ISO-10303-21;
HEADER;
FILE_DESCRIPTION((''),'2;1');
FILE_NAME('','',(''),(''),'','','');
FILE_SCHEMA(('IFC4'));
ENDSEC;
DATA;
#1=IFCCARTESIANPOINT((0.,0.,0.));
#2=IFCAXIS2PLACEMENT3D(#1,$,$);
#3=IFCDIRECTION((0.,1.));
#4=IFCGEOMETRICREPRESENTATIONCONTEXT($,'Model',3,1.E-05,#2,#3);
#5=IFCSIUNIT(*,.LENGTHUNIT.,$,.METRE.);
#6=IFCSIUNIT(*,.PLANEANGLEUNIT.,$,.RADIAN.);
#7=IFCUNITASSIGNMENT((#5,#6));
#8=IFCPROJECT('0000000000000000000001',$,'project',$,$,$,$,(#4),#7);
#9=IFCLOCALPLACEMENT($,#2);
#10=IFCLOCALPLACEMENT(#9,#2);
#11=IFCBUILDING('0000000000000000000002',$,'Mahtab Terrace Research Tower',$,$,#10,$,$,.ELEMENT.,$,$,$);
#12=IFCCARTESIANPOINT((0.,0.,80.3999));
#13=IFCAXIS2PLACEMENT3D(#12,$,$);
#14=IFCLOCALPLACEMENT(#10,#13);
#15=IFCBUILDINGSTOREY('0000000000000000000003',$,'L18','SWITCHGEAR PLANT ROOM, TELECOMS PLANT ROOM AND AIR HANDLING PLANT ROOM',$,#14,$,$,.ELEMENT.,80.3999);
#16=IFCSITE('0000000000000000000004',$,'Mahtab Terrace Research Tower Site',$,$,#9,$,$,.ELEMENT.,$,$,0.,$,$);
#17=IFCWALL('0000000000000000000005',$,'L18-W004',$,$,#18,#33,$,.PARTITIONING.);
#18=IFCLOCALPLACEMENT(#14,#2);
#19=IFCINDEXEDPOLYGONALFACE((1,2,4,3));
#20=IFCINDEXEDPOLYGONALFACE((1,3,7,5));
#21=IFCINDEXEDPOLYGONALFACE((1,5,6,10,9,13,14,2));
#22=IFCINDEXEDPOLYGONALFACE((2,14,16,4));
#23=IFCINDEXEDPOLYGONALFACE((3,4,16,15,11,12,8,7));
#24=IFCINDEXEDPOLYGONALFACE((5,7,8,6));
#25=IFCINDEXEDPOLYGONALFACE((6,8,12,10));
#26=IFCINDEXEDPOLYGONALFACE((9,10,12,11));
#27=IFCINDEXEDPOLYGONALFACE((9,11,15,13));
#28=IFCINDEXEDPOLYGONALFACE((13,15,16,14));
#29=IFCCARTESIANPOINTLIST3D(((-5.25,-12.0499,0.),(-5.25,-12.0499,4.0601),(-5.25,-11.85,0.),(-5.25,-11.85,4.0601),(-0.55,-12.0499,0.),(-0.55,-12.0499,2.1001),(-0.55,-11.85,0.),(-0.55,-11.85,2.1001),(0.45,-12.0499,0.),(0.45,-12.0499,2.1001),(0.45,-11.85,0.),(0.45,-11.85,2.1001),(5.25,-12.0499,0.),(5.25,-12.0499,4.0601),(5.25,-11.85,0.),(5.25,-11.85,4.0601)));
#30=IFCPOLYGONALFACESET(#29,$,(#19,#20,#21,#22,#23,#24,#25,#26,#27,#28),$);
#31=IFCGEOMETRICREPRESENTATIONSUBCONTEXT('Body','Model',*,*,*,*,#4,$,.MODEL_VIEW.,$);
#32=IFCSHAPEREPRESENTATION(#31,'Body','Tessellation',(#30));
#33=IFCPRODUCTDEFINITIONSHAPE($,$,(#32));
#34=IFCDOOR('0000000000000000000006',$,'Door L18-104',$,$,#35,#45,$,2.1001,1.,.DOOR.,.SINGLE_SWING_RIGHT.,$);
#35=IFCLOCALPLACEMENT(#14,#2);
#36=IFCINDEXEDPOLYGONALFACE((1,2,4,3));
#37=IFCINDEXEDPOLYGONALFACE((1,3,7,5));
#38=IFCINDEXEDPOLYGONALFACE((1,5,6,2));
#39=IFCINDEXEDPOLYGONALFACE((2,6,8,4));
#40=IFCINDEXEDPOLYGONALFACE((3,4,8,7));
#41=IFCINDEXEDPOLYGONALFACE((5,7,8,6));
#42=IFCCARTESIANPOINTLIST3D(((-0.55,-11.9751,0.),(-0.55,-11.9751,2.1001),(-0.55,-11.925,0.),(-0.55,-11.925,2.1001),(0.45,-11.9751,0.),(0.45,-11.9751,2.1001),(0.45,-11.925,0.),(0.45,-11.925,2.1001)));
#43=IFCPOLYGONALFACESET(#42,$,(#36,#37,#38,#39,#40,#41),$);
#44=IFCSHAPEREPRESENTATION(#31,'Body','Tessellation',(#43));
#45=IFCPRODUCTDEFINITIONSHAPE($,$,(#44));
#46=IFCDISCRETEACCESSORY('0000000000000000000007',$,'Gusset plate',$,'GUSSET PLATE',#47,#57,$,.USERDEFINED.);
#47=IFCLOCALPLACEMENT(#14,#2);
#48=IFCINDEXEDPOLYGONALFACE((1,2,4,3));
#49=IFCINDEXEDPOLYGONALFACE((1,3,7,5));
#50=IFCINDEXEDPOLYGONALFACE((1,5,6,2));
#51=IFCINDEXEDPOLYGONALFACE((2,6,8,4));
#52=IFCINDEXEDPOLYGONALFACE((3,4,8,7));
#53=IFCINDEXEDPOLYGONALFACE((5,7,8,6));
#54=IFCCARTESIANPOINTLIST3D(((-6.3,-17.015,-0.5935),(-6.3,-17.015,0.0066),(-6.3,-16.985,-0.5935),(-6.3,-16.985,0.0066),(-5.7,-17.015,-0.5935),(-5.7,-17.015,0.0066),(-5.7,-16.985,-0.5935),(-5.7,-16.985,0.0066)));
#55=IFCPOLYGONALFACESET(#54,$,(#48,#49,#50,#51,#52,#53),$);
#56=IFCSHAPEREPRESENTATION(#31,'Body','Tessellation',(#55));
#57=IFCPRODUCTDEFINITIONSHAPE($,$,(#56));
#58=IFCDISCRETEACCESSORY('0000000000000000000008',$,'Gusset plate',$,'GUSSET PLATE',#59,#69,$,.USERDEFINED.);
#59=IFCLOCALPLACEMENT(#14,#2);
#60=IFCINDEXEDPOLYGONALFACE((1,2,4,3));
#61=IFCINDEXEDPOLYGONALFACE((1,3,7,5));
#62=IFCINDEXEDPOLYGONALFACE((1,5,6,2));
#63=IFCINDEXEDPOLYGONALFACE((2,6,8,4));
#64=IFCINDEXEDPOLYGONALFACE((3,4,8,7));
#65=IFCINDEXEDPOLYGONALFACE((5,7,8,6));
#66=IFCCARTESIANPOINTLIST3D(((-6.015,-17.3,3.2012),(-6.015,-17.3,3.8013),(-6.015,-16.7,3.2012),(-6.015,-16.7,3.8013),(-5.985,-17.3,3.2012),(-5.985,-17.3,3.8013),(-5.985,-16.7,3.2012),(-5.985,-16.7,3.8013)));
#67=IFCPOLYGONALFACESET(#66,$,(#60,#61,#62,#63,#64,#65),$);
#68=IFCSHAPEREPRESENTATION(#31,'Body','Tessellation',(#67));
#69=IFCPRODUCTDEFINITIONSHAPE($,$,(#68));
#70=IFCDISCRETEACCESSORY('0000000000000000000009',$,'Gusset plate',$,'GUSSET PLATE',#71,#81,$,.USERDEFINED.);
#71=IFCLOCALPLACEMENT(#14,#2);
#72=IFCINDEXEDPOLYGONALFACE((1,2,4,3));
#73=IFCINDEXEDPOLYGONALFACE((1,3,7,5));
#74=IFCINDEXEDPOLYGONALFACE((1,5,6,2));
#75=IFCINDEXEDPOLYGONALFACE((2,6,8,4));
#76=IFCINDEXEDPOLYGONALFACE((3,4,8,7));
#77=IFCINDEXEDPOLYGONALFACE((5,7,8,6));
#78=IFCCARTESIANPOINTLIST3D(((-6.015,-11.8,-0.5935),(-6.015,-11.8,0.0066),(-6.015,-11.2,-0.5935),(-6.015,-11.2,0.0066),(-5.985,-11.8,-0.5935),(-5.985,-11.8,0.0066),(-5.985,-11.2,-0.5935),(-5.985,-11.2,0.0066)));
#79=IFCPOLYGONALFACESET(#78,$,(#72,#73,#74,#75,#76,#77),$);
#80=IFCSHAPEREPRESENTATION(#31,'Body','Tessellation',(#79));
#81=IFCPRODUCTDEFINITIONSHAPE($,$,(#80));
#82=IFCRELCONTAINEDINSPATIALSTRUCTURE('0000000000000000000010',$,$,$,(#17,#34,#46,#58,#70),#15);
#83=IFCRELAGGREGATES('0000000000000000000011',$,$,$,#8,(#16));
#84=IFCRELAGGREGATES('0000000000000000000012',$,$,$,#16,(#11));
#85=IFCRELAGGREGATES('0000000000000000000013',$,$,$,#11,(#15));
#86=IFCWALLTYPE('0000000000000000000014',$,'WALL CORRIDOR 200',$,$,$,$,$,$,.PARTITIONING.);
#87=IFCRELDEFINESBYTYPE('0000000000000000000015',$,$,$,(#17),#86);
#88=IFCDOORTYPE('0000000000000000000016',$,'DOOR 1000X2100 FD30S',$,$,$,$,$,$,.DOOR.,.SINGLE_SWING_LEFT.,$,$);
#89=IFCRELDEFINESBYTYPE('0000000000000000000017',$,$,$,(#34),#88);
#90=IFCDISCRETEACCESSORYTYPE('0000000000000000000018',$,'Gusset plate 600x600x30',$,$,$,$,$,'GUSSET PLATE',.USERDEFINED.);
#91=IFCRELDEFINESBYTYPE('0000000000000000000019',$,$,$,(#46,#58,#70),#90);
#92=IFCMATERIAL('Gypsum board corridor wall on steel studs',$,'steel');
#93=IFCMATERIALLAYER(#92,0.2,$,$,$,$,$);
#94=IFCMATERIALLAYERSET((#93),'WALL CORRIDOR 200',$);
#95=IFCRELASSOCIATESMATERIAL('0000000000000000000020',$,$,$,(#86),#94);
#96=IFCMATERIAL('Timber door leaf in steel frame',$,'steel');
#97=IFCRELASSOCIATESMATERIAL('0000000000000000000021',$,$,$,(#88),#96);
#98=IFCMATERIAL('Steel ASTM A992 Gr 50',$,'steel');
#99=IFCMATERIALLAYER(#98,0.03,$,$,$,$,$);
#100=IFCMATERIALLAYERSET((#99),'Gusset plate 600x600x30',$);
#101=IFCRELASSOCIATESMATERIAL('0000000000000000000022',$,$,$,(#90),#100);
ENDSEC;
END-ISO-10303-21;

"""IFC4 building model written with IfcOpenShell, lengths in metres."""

from ifc_helpers import new_model, si_unit, direction, frame, frame_2d, origin, origin_2d, place, context, subcontext, project, spatial, rectangle, extrude, material, layer, layer_set, type_object, element, fill, save


model = new_model("IFC4")

# Units and contexts
model_context = context("Model", 3, precision=1e-05, world=origin(), true_north=direction((0.0, 1.0)))
body_context = subcontext(model_context, "Body", "Model", "MODEL_VIEW")
ifc_project = project(units=[si_unit("LENGTHUNIT", "METRE"), si_unit("PLANEANGLEUNIT", "RADIAN")], contexts=[model_context])

# Site, building, storey
site_placement = place(None, origin())
site = spatial("IfcSite", under=ifc_project, at=site_placement, Name="Mahtab Terrace Research Tower Site", CompositionType="ELEMENT", RefElevation=0.0)
building_placement = place(site_placement, origin())
building = spatial("IfcBuilding", under=site, at=building_placement, Name="Mahtab Terrace Research Tower", CompositionType="ELEMENT")
storey_placement = place(building_placement, frame((0.0, 0.0, 80.3999)))
storey = spatial("IfcBuildingStorey", under=building, at=storey_placement, Name="L18", Description="SWITCHGEAR PLANT ROOM, TELECOMS PLANT ROOM AND AIR HANDLING PLANT ROOM", CompositionType="ELEMENT", Elevation=80.3999)

# Shared definitions
ifc_material_1 = material(Name="Steel ASTM A992 Gr 50", Category="steel")

# Wall, opening, door
ifc_material_2 = material(Name="Gypsum board corridor wall on steel studs", Category="steel")
ifc_layer_1 = layer(ifc_material_2, 0.2)
ifc_layer_set_1 = layer_set([ifc_layer_1], Name="WALL CORRIDOR 200")
wall_type_1 = type_object("IfcWallType", Name="WALL CORRIDOR 200", PredefinedType="PARTITIONING", material=ifc_layer_set_1)
wall_1_placement = place(storey_placement, frame((-5.25, -11.95, 0.0), z_axis=(0.0, 0.0, 1.0), x_axis=(1.0, 0.0, 0.0)))
wall_1 = element("IfcWall", 1, at=wall_1_placement, inside=storey, type_object=wall_type_1, Name="L18-W004", PredefinedType="PARTITIONING", context=body_context, shape_type="SweptSolid", body=[
    extrude(rectangle(XDim=10.5, YDim=0.2, at=frame_2d((5.25, 0.0))), origin(), (0.0, 0.0, 1.0), 4.0601),
])
opening_1_placement = place(wall_1_placement, frame((4.7, 0.0, 0.0)))
opening_1 = element("IfcOpeningElement", 2, at=opening_1_placement, cuts=wall_1, PredefinedType="OPENING", context=body_context, shape_type="SweptSolid", body=[
    extrude(rectangle(XDim=1.0, YDim=2.1001, at=frame_2d((0.5, 1.05))), frame((0.0, 0.1099, 0.0), z_axis=(0.0, -1.0, 0.0), x_axis=(1.0, 0.0, 0.0)), (0.0, 0.0, 1.0), 0.22),
])
ifc_material_3 = material(Name="Timber door leaf in steel frame", Category="steel")
door_type_1 = type_object("IfcDoorType", Name="DOOR 1000X2100 FD30S", OperationType="SINGLE_SWING_LEFT", PredefinedType="DOOR", material=ifc_material_3)
door_1_placement = place(opening_1_placement, origin())
door_1 = element("IfcDoor", 3, at=door_1_placement, inside=storey, type_object=door_type_1, Name="Door L18-104", OperationType="SINGLE_SWING_RIGHT", OverallHeight=2.1001, OverallWidth=1.0, PredefinedType="DOOR", context=body_context, shape_type="SweptSolid", body=[
    extrude(rectangle(XDim=1.0, YDim=2.1001, at=frame_2d((0.5, 1.05))), frame((0.0, 0.0249, 0.0), z_axis=(0.0, -1.0, 0.0), x_axis=(1.0, 0.0, 0.0)), (0.0, 0.0, 1.0), 0.05),
])
fill(opening_1, door_1)

# Discrete accessories
ifc_layer_2 = layer(ifc_material_1, 0.03)
ifc_layer_set_2 = layer_set([ifc_layer_2], Name="Gusset plate 600x600x30")
discrete_accessory_type = type_object("IfcDiscreteAccessoryType", Name="Gusset plate 600x600x30", ElementType="GUSSET PLATE", PredefinedType="USERDEFINED", material=ifc_layer_set_2)
for number, where, z_axis, x_axis, name in (
    (4, (-6.0, -17.0, -0.5935), (0.0, 0.0, 1.0), (1.0, 0.0, 0.0), "Gusset plate"),
    (5, (-6.0, -17.0, 3.2012), (0.0, 0.0, 1.0), (0.0, 1.0, 0.0), "Gusset plate"),
    (6, (-6.0, -11.5, -0.5935), (0.0, 0.0, 1.0), (0.0, 1.0, 0.0), "Gusset plate"),
):
    element("IfcDiscreteAccessory", number, at=place(storey_placement, frame(where, z_axis=z_axis, x_axis=x_axis)), inside=storey, type_object=discrete_accessory_type, Name=name, ObjectType="GUSSET PLATE", PredefinedType="USERDEFINED", context=body_context, shape_type="SweptSolid", body=[
        extrude(rectangle(XDim=0.6001, YDim=0.03, at=origin_2d()), origin(), (0.0, 0.0, 1.0), 0.6001),
    ])

save(model, "model.ifc")
